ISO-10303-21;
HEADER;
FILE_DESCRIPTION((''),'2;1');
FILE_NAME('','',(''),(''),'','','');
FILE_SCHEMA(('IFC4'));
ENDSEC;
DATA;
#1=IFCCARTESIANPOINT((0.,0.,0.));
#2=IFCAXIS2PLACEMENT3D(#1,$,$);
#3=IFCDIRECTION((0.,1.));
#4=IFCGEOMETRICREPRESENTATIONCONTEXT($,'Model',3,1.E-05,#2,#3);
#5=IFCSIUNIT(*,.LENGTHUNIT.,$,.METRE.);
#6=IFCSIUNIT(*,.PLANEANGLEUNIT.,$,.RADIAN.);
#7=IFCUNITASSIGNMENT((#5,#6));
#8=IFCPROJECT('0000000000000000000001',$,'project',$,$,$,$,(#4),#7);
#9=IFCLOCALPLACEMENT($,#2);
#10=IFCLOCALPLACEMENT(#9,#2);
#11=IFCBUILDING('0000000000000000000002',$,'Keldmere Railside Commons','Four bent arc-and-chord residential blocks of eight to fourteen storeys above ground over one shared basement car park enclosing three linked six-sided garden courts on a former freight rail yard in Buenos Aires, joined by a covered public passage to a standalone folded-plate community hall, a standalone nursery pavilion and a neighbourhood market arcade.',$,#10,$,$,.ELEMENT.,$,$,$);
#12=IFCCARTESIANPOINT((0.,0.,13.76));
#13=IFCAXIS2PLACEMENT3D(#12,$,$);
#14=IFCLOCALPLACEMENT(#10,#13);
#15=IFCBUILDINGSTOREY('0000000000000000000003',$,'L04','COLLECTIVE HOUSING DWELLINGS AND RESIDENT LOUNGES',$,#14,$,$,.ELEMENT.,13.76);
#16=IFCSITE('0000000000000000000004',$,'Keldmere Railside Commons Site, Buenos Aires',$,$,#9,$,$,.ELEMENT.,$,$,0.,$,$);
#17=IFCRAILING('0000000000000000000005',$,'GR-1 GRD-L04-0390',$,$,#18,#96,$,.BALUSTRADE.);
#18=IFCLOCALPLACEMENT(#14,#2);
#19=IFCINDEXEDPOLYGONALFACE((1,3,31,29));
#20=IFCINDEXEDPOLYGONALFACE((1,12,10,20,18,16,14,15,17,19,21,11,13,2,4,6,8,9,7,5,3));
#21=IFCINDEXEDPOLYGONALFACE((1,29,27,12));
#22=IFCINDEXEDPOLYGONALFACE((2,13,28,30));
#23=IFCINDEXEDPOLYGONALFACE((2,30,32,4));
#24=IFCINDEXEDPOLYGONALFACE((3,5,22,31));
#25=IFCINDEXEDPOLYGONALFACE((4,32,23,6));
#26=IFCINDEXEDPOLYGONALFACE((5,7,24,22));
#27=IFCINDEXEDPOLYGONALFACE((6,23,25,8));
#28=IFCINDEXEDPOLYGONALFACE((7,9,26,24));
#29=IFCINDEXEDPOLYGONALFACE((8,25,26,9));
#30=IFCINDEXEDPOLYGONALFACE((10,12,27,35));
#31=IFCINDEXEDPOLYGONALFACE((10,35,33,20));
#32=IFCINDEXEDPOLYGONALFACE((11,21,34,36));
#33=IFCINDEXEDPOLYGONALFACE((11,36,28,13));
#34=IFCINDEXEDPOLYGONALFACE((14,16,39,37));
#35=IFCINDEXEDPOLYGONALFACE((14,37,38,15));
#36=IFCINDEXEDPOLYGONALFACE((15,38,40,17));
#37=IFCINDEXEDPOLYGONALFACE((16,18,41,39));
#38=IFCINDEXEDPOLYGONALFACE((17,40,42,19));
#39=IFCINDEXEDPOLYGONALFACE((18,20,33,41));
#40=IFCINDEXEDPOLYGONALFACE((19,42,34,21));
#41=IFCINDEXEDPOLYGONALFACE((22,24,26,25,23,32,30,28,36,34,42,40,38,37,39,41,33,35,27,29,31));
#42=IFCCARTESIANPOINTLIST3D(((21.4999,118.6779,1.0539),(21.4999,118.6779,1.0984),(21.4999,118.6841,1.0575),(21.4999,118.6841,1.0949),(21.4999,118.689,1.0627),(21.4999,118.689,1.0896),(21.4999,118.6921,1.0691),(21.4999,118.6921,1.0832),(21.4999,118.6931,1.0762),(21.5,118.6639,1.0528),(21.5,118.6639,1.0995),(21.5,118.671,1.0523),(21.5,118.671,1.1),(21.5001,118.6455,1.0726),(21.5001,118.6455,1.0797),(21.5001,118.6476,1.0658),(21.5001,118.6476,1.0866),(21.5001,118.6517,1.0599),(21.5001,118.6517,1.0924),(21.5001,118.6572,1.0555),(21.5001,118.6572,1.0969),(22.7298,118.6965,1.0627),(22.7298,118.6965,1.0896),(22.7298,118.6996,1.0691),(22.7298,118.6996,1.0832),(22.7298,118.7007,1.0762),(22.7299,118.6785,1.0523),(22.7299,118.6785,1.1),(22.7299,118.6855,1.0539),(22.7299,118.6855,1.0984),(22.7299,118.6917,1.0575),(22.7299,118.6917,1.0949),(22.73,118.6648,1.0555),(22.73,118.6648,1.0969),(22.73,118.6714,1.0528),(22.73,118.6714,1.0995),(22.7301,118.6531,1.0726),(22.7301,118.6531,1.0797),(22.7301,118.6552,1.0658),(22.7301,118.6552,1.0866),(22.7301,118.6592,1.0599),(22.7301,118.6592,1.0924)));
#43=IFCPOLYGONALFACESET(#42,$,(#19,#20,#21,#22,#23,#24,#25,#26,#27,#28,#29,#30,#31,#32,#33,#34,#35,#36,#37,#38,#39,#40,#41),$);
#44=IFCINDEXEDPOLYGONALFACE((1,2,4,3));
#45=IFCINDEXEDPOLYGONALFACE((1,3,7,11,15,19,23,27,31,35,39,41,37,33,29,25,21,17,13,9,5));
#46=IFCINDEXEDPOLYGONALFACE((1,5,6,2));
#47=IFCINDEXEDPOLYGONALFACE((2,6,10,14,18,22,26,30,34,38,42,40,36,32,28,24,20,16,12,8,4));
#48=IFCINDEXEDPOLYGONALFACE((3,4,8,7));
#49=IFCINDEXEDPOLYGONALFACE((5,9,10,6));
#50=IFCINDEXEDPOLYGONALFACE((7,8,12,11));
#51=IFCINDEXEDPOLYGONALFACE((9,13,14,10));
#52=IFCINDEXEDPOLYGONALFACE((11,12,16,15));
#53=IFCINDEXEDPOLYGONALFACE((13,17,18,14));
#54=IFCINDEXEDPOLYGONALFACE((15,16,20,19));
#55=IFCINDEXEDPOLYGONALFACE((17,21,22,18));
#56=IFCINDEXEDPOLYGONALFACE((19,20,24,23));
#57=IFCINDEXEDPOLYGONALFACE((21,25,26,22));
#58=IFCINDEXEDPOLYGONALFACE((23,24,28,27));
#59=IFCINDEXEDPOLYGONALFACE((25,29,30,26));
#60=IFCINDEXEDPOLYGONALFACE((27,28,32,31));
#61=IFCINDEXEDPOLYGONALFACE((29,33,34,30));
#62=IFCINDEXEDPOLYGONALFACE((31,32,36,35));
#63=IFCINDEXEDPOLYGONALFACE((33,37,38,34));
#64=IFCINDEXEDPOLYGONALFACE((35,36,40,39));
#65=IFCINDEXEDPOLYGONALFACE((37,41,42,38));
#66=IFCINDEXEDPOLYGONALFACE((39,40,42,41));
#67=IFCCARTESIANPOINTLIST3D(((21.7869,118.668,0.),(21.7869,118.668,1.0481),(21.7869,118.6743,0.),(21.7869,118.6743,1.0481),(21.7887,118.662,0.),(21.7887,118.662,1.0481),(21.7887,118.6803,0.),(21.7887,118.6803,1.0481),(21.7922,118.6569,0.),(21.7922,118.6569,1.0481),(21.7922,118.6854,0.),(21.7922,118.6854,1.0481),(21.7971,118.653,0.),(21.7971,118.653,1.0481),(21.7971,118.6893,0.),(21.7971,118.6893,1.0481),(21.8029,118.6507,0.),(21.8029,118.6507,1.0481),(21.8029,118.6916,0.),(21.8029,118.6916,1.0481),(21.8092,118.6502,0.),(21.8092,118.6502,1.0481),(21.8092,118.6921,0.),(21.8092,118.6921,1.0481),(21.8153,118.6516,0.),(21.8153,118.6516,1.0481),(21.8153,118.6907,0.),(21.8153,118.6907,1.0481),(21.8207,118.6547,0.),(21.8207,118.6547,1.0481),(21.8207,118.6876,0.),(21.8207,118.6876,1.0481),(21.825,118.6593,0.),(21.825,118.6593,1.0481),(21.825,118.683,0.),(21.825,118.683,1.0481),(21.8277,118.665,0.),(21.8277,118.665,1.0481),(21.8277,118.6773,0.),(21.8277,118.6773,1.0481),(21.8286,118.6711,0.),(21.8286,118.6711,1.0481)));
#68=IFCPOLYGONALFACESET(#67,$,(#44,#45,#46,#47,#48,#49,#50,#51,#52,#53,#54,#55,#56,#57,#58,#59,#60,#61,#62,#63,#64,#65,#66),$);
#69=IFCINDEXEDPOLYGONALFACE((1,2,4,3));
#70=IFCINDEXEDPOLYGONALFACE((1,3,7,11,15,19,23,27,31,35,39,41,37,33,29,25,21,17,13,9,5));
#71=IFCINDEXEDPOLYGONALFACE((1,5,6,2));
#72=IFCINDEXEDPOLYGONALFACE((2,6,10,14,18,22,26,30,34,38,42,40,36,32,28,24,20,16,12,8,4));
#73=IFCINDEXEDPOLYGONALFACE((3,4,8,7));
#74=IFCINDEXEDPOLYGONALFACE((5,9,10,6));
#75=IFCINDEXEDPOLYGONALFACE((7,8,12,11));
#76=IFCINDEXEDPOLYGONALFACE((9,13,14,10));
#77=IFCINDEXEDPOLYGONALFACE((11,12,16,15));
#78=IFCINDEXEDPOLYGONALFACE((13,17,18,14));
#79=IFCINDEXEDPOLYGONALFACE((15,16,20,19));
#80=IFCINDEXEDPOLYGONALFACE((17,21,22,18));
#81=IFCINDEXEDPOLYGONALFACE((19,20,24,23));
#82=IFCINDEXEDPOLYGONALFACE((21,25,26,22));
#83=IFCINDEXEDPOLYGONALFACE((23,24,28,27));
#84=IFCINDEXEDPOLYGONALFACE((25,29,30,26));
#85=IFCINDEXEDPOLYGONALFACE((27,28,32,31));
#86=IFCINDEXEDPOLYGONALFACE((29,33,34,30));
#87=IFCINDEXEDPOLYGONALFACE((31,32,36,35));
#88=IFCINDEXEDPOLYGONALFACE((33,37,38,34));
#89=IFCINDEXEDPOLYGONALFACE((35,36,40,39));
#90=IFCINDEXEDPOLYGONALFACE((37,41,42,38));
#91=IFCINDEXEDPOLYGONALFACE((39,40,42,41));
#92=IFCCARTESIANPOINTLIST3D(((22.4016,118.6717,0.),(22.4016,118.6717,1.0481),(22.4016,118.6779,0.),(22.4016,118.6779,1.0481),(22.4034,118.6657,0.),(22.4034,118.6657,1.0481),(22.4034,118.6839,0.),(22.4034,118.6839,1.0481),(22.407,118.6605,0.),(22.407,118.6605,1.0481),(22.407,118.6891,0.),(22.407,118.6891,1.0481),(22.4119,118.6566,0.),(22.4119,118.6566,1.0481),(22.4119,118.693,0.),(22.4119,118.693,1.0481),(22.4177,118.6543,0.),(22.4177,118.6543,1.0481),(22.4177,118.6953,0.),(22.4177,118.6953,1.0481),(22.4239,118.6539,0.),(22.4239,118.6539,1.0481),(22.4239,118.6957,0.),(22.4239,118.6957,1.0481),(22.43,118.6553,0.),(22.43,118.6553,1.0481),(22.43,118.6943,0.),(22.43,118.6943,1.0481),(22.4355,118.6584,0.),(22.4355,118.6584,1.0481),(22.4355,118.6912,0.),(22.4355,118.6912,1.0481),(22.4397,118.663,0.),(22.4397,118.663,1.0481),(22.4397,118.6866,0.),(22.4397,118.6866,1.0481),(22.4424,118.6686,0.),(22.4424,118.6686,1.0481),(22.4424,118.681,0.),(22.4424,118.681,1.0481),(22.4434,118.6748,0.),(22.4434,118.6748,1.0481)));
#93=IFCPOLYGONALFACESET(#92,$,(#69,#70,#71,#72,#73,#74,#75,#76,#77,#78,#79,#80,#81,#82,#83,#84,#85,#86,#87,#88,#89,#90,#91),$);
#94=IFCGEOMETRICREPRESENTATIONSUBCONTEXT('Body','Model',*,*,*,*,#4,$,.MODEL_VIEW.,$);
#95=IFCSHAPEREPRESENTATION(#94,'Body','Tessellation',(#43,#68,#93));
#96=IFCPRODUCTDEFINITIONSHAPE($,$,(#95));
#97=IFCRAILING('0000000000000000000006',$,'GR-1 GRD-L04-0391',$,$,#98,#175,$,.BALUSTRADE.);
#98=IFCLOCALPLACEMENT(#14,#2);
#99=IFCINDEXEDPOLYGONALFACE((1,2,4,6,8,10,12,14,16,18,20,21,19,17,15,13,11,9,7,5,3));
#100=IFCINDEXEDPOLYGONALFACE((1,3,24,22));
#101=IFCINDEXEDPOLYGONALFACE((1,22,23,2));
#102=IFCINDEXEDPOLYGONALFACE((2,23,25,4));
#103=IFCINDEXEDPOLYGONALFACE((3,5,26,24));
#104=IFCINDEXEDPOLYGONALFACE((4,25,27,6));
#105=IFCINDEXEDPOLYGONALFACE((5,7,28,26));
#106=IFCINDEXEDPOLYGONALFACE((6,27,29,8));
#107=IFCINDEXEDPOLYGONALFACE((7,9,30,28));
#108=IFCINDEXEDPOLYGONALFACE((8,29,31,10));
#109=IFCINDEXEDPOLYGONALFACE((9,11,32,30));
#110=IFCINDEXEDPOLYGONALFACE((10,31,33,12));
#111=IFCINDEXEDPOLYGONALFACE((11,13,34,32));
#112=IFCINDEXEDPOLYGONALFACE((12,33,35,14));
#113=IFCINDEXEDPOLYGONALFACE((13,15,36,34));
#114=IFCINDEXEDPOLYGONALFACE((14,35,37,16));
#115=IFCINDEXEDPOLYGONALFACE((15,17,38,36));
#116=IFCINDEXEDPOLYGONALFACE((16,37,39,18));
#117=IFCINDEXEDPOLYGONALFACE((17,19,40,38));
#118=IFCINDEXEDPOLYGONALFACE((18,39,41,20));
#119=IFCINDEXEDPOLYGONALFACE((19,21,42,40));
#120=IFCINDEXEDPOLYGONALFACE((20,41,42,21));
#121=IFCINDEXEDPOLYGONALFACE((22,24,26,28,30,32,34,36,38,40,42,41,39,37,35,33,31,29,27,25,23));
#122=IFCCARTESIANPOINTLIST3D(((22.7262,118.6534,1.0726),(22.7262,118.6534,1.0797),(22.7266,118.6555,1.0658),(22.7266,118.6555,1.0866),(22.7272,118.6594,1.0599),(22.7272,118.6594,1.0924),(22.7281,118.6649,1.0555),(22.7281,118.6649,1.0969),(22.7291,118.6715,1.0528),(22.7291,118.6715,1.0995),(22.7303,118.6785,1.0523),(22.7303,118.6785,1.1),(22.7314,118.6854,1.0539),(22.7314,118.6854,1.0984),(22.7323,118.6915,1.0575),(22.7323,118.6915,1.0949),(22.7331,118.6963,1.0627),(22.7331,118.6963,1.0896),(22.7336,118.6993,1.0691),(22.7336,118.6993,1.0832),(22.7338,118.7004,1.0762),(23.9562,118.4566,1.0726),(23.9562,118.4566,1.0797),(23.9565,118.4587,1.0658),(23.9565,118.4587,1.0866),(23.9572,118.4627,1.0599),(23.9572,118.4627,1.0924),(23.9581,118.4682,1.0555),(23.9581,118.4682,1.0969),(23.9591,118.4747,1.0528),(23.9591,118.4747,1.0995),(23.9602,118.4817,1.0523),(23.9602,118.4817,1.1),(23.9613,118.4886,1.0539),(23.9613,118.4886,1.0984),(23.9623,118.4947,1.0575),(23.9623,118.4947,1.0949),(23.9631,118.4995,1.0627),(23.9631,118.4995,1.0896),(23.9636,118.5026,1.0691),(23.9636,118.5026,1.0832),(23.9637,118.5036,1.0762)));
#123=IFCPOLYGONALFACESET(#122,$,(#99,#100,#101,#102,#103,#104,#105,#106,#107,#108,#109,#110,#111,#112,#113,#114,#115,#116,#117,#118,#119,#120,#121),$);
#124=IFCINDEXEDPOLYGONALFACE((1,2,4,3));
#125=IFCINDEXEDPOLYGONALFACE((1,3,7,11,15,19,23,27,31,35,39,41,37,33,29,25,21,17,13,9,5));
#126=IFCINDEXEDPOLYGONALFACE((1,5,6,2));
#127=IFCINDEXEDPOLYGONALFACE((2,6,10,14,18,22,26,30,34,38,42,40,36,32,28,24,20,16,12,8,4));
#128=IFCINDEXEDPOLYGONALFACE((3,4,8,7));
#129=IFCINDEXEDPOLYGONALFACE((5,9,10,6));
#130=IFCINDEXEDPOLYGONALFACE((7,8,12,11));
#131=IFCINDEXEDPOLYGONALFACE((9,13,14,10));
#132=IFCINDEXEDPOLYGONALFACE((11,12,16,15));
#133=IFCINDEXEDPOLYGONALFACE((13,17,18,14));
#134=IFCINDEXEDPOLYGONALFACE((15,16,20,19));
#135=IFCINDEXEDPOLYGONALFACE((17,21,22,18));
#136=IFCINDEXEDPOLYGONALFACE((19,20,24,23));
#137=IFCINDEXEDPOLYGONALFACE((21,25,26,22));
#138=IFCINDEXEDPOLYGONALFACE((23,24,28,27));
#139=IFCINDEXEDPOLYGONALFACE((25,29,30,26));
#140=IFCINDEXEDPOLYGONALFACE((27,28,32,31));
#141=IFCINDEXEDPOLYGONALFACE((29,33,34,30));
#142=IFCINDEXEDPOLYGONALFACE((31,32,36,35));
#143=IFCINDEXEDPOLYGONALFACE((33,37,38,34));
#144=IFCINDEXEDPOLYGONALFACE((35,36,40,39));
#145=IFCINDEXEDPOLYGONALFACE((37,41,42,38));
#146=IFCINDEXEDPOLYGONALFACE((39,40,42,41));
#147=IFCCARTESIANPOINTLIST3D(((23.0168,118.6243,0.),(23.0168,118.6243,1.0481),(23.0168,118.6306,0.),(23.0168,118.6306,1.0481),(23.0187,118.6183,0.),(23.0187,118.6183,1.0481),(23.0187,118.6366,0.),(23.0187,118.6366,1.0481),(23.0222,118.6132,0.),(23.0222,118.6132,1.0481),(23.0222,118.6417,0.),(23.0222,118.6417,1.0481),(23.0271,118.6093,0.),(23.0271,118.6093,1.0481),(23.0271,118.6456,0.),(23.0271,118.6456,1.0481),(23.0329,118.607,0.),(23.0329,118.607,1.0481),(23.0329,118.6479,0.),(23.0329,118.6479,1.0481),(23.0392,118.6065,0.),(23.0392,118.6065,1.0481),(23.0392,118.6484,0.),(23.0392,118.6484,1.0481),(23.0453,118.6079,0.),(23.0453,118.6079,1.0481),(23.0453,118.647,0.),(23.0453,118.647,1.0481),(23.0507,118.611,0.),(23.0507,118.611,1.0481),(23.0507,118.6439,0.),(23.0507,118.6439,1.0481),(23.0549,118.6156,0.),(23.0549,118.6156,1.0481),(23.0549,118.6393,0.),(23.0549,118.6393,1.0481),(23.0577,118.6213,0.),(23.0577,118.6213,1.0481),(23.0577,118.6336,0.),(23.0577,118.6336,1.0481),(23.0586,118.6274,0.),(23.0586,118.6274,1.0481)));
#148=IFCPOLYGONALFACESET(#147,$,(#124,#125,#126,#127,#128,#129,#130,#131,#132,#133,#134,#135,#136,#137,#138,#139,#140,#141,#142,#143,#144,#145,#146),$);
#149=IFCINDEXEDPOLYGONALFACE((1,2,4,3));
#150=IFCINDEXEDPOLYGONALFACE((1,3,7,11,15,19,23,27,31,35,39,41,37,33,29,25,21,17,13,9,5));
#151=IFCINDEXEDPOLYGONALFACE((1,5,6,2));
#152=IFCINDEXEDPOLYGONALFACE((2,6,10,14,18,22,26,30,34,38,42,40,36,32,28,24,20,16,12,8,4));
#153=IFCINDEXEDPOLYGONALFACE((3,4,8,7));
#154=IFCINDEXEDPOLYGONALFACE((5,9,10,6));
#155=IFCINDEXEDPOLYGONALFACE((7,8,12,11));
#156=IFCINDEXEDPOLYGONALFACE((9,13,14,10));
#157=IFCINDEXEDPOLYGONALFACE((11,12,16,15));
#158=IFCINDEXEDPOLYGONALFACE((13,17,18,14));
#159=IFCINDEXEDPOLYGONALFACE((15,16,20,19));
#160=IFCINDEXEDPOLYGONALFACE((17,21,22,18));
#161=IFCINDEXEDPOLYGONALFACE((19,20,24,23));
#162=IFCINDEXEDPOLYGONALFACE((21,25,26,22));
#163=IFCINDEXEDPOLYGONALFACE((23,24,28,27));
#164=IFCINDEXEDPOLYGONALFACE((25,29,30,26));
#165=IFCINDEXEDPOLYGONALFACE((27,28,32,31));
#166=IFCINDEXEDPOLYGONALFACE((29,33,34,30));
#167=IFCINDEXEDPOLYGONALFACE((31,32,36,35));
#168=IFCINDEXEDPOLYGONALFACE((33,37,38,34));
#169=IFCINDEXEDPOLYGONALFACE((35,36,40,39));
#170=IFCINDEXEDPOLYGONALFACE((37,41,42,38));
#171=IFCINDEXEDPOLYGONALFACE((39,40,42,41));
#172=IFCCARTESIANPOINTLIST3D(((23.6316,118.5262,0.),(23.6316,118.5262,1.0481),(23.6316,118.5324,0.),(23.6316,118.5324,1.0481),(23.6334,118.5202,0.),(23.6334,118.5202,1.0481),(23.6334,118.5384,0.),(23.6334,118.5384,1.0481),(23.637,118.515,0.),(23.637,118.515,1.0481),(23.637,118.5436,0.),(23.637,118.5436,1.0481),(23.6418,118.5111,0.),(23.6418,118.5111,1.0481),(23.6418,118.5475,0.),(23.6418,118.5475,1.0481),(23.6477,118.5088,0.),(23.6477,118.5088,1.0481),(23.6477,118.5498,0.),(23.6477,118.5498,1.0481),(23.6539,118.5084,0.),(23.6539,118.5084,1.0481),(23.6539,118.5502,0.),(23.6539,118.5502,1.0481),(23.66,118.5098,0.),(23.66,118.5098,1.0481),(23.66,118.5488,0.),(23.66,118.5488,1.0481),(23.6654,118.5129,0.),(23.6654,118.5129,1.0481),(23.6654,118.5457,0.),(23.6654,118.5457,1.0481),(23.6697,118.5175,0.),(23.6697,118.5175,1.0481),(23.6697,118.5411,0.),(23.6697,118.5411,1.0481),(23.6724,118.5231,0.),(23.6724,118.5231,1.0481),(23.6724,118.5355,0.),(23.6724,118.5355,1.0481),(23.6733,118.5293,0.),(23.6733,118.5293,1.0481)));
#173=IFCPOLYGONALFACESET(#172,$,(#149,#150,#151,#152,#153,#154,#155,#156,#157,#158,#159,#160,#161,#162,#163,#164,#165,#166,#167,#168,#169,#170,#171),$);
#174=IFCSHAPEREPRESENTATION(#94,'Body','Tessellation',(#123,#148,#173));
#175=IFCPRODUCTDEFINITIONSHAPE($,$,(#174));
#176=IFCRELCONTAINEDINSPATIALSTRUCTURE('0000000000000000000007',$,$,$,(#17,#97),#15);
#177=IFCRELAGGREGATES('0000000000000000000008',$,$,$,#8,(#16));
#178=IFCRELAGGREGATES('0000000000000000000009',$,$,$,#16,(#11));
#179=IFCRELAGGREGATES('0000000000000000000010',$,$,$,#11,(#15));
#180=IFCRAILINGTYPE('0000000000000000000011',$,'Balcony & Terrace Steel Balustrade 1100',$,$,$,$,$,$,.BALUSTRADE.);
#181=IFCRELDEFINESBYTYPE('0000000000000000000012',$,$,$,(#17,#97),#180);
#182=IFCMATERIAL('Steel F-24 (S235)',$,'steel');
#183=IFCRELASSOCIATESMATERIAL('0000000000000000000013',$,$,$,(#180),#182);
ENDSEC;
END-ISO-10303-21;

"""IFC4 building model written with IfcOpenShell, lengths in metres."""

from ifc_helpers import new_model, si_unit, direction, frame, origin, origin_2d, place, context, subcontext, project, spatial, circle, extrude, material, type_object, element, save


model = new_model("IFC4")

# Units and contexts
model_context = context("Model", 3, precision=1e-05, world=origin(), true_north=direction((0.0, 1.0)))
body_context = subcontext(model_context, "Body", "Model", "MODEL_VIEW")
ifc_project = project(units=[si_unit("LENGTHUNIT", "METRE"), si_unit("PLANEANGLEUNIT", "RADIAN")], contexts=[model_context])

# Site, building, storey
site_placement = place(None, origin())
site = spatial("IfcSite", under=ifc_project, at=site_placement, Name="Keldmere Railside Commons Site, Buenos Aires", CompositionType="ELEMENT", RefElevation=0.0)
building_placement = place(site_placement, origin())
building = spatial("IfcBuilding", under=site, at=building_placement, Name="Keldmere Railside Commons", Description="Four bent arc-and-chord residential blocks of eight to fourteen storeys above ground over one shared basement car park enclosing three linked six-sided garden courts on a former freight rail yard in Buenos Aires, joined by a covered public passage to a standalone folded-plate community hall, a standalone nursery pavilion and a neighbourhood market arcade.", CompositionType="ELEMENT")
storey_placement = place(building_placement, frame((0.0, 0.0, 13.76)))
storey = spatial("IfcBuildingStorey", under=building, at=storey_placement, Name="L04", Description="COLLECTIVE HOUSING DWELLINGS AND RESIDENT LOUNGES", CompositionType="ELEMENT", Elevation=13.76)

# Shared definitions
ifc_material_1 = material(Name="Steel F-24 (S235)", Category="steel")

# Railings
railing_type = type_object("IfcRailingType", Name="Balcony & Terrace Steel Balustrade 1100", PredefinedType="BALUSTRADE", material=ifc_material_1)
railing_1_placement = place(storey_placement, frame((21.5, 118.6692, 0.0)))
element("IfcRailing", 1, at=railing_1_placement, inside=storey, type_object=railing_type, Name="GR-1 GRD-L04-0390", PredefinedType="BALUSTRADE", context=body_context, shape_type="SweptSolid", body=[
    extrude(circle(Radius=0.0239, at=origin_2d()), frame((0.0, 0.0, 1.0762), z_axis=(0.999981, 0.006153, 0.0), x_axis=(-0.006153, 0.999981, 0.0)), (0.0, 0.0, 1.0), 1.23),
    extrude(circle(Radius=0.021, at=origin_2d()), frame((0.3076, 0.002, 0.0)), (0.0, 0.0, 1.0), 1.0481),
    extrude(circle(Radius=0.021, at=origin_2d()), frame((0.9224, 0.0056, 0.0)), (0.0, 0.0, 1.0), 1.0481),
])
railing_2_placement = place(storey_placement, frame((22.73, 118.6768, 0.0)))
element("IfcRailing", 2, at=railing_2_placement, inside=storey, type_object=railing_type, Name="GR-1 GRD-L04-0391", PredefinedType="BALUSTRADE", context=body_context, shape_type="SweptSolid", body=[
    extrude(circle(Radius=0.0239, at=origin_2d()), frame((0.0, 0.0, 1.0762), z_axis=(0.987443, -0.157975, 0.0), x_axis=(0.157975, 0.987443, 0.0)), (0.0, 0.0, 1.0), 1.2456),
    extrude(circle(Radius=0.021, at=origin_2d()), frame((0.3076, -0.0493, 0.0)), (0.0, 0.0, 1.0), 1.0481),
    extrude(circle(Radius=0.021, at=origin_2d()), frame((0.9224, -0.1475, 0.0)), (0.0, 0.0, 1.0), 1.0481),
])

save(model, "model.ifc")
